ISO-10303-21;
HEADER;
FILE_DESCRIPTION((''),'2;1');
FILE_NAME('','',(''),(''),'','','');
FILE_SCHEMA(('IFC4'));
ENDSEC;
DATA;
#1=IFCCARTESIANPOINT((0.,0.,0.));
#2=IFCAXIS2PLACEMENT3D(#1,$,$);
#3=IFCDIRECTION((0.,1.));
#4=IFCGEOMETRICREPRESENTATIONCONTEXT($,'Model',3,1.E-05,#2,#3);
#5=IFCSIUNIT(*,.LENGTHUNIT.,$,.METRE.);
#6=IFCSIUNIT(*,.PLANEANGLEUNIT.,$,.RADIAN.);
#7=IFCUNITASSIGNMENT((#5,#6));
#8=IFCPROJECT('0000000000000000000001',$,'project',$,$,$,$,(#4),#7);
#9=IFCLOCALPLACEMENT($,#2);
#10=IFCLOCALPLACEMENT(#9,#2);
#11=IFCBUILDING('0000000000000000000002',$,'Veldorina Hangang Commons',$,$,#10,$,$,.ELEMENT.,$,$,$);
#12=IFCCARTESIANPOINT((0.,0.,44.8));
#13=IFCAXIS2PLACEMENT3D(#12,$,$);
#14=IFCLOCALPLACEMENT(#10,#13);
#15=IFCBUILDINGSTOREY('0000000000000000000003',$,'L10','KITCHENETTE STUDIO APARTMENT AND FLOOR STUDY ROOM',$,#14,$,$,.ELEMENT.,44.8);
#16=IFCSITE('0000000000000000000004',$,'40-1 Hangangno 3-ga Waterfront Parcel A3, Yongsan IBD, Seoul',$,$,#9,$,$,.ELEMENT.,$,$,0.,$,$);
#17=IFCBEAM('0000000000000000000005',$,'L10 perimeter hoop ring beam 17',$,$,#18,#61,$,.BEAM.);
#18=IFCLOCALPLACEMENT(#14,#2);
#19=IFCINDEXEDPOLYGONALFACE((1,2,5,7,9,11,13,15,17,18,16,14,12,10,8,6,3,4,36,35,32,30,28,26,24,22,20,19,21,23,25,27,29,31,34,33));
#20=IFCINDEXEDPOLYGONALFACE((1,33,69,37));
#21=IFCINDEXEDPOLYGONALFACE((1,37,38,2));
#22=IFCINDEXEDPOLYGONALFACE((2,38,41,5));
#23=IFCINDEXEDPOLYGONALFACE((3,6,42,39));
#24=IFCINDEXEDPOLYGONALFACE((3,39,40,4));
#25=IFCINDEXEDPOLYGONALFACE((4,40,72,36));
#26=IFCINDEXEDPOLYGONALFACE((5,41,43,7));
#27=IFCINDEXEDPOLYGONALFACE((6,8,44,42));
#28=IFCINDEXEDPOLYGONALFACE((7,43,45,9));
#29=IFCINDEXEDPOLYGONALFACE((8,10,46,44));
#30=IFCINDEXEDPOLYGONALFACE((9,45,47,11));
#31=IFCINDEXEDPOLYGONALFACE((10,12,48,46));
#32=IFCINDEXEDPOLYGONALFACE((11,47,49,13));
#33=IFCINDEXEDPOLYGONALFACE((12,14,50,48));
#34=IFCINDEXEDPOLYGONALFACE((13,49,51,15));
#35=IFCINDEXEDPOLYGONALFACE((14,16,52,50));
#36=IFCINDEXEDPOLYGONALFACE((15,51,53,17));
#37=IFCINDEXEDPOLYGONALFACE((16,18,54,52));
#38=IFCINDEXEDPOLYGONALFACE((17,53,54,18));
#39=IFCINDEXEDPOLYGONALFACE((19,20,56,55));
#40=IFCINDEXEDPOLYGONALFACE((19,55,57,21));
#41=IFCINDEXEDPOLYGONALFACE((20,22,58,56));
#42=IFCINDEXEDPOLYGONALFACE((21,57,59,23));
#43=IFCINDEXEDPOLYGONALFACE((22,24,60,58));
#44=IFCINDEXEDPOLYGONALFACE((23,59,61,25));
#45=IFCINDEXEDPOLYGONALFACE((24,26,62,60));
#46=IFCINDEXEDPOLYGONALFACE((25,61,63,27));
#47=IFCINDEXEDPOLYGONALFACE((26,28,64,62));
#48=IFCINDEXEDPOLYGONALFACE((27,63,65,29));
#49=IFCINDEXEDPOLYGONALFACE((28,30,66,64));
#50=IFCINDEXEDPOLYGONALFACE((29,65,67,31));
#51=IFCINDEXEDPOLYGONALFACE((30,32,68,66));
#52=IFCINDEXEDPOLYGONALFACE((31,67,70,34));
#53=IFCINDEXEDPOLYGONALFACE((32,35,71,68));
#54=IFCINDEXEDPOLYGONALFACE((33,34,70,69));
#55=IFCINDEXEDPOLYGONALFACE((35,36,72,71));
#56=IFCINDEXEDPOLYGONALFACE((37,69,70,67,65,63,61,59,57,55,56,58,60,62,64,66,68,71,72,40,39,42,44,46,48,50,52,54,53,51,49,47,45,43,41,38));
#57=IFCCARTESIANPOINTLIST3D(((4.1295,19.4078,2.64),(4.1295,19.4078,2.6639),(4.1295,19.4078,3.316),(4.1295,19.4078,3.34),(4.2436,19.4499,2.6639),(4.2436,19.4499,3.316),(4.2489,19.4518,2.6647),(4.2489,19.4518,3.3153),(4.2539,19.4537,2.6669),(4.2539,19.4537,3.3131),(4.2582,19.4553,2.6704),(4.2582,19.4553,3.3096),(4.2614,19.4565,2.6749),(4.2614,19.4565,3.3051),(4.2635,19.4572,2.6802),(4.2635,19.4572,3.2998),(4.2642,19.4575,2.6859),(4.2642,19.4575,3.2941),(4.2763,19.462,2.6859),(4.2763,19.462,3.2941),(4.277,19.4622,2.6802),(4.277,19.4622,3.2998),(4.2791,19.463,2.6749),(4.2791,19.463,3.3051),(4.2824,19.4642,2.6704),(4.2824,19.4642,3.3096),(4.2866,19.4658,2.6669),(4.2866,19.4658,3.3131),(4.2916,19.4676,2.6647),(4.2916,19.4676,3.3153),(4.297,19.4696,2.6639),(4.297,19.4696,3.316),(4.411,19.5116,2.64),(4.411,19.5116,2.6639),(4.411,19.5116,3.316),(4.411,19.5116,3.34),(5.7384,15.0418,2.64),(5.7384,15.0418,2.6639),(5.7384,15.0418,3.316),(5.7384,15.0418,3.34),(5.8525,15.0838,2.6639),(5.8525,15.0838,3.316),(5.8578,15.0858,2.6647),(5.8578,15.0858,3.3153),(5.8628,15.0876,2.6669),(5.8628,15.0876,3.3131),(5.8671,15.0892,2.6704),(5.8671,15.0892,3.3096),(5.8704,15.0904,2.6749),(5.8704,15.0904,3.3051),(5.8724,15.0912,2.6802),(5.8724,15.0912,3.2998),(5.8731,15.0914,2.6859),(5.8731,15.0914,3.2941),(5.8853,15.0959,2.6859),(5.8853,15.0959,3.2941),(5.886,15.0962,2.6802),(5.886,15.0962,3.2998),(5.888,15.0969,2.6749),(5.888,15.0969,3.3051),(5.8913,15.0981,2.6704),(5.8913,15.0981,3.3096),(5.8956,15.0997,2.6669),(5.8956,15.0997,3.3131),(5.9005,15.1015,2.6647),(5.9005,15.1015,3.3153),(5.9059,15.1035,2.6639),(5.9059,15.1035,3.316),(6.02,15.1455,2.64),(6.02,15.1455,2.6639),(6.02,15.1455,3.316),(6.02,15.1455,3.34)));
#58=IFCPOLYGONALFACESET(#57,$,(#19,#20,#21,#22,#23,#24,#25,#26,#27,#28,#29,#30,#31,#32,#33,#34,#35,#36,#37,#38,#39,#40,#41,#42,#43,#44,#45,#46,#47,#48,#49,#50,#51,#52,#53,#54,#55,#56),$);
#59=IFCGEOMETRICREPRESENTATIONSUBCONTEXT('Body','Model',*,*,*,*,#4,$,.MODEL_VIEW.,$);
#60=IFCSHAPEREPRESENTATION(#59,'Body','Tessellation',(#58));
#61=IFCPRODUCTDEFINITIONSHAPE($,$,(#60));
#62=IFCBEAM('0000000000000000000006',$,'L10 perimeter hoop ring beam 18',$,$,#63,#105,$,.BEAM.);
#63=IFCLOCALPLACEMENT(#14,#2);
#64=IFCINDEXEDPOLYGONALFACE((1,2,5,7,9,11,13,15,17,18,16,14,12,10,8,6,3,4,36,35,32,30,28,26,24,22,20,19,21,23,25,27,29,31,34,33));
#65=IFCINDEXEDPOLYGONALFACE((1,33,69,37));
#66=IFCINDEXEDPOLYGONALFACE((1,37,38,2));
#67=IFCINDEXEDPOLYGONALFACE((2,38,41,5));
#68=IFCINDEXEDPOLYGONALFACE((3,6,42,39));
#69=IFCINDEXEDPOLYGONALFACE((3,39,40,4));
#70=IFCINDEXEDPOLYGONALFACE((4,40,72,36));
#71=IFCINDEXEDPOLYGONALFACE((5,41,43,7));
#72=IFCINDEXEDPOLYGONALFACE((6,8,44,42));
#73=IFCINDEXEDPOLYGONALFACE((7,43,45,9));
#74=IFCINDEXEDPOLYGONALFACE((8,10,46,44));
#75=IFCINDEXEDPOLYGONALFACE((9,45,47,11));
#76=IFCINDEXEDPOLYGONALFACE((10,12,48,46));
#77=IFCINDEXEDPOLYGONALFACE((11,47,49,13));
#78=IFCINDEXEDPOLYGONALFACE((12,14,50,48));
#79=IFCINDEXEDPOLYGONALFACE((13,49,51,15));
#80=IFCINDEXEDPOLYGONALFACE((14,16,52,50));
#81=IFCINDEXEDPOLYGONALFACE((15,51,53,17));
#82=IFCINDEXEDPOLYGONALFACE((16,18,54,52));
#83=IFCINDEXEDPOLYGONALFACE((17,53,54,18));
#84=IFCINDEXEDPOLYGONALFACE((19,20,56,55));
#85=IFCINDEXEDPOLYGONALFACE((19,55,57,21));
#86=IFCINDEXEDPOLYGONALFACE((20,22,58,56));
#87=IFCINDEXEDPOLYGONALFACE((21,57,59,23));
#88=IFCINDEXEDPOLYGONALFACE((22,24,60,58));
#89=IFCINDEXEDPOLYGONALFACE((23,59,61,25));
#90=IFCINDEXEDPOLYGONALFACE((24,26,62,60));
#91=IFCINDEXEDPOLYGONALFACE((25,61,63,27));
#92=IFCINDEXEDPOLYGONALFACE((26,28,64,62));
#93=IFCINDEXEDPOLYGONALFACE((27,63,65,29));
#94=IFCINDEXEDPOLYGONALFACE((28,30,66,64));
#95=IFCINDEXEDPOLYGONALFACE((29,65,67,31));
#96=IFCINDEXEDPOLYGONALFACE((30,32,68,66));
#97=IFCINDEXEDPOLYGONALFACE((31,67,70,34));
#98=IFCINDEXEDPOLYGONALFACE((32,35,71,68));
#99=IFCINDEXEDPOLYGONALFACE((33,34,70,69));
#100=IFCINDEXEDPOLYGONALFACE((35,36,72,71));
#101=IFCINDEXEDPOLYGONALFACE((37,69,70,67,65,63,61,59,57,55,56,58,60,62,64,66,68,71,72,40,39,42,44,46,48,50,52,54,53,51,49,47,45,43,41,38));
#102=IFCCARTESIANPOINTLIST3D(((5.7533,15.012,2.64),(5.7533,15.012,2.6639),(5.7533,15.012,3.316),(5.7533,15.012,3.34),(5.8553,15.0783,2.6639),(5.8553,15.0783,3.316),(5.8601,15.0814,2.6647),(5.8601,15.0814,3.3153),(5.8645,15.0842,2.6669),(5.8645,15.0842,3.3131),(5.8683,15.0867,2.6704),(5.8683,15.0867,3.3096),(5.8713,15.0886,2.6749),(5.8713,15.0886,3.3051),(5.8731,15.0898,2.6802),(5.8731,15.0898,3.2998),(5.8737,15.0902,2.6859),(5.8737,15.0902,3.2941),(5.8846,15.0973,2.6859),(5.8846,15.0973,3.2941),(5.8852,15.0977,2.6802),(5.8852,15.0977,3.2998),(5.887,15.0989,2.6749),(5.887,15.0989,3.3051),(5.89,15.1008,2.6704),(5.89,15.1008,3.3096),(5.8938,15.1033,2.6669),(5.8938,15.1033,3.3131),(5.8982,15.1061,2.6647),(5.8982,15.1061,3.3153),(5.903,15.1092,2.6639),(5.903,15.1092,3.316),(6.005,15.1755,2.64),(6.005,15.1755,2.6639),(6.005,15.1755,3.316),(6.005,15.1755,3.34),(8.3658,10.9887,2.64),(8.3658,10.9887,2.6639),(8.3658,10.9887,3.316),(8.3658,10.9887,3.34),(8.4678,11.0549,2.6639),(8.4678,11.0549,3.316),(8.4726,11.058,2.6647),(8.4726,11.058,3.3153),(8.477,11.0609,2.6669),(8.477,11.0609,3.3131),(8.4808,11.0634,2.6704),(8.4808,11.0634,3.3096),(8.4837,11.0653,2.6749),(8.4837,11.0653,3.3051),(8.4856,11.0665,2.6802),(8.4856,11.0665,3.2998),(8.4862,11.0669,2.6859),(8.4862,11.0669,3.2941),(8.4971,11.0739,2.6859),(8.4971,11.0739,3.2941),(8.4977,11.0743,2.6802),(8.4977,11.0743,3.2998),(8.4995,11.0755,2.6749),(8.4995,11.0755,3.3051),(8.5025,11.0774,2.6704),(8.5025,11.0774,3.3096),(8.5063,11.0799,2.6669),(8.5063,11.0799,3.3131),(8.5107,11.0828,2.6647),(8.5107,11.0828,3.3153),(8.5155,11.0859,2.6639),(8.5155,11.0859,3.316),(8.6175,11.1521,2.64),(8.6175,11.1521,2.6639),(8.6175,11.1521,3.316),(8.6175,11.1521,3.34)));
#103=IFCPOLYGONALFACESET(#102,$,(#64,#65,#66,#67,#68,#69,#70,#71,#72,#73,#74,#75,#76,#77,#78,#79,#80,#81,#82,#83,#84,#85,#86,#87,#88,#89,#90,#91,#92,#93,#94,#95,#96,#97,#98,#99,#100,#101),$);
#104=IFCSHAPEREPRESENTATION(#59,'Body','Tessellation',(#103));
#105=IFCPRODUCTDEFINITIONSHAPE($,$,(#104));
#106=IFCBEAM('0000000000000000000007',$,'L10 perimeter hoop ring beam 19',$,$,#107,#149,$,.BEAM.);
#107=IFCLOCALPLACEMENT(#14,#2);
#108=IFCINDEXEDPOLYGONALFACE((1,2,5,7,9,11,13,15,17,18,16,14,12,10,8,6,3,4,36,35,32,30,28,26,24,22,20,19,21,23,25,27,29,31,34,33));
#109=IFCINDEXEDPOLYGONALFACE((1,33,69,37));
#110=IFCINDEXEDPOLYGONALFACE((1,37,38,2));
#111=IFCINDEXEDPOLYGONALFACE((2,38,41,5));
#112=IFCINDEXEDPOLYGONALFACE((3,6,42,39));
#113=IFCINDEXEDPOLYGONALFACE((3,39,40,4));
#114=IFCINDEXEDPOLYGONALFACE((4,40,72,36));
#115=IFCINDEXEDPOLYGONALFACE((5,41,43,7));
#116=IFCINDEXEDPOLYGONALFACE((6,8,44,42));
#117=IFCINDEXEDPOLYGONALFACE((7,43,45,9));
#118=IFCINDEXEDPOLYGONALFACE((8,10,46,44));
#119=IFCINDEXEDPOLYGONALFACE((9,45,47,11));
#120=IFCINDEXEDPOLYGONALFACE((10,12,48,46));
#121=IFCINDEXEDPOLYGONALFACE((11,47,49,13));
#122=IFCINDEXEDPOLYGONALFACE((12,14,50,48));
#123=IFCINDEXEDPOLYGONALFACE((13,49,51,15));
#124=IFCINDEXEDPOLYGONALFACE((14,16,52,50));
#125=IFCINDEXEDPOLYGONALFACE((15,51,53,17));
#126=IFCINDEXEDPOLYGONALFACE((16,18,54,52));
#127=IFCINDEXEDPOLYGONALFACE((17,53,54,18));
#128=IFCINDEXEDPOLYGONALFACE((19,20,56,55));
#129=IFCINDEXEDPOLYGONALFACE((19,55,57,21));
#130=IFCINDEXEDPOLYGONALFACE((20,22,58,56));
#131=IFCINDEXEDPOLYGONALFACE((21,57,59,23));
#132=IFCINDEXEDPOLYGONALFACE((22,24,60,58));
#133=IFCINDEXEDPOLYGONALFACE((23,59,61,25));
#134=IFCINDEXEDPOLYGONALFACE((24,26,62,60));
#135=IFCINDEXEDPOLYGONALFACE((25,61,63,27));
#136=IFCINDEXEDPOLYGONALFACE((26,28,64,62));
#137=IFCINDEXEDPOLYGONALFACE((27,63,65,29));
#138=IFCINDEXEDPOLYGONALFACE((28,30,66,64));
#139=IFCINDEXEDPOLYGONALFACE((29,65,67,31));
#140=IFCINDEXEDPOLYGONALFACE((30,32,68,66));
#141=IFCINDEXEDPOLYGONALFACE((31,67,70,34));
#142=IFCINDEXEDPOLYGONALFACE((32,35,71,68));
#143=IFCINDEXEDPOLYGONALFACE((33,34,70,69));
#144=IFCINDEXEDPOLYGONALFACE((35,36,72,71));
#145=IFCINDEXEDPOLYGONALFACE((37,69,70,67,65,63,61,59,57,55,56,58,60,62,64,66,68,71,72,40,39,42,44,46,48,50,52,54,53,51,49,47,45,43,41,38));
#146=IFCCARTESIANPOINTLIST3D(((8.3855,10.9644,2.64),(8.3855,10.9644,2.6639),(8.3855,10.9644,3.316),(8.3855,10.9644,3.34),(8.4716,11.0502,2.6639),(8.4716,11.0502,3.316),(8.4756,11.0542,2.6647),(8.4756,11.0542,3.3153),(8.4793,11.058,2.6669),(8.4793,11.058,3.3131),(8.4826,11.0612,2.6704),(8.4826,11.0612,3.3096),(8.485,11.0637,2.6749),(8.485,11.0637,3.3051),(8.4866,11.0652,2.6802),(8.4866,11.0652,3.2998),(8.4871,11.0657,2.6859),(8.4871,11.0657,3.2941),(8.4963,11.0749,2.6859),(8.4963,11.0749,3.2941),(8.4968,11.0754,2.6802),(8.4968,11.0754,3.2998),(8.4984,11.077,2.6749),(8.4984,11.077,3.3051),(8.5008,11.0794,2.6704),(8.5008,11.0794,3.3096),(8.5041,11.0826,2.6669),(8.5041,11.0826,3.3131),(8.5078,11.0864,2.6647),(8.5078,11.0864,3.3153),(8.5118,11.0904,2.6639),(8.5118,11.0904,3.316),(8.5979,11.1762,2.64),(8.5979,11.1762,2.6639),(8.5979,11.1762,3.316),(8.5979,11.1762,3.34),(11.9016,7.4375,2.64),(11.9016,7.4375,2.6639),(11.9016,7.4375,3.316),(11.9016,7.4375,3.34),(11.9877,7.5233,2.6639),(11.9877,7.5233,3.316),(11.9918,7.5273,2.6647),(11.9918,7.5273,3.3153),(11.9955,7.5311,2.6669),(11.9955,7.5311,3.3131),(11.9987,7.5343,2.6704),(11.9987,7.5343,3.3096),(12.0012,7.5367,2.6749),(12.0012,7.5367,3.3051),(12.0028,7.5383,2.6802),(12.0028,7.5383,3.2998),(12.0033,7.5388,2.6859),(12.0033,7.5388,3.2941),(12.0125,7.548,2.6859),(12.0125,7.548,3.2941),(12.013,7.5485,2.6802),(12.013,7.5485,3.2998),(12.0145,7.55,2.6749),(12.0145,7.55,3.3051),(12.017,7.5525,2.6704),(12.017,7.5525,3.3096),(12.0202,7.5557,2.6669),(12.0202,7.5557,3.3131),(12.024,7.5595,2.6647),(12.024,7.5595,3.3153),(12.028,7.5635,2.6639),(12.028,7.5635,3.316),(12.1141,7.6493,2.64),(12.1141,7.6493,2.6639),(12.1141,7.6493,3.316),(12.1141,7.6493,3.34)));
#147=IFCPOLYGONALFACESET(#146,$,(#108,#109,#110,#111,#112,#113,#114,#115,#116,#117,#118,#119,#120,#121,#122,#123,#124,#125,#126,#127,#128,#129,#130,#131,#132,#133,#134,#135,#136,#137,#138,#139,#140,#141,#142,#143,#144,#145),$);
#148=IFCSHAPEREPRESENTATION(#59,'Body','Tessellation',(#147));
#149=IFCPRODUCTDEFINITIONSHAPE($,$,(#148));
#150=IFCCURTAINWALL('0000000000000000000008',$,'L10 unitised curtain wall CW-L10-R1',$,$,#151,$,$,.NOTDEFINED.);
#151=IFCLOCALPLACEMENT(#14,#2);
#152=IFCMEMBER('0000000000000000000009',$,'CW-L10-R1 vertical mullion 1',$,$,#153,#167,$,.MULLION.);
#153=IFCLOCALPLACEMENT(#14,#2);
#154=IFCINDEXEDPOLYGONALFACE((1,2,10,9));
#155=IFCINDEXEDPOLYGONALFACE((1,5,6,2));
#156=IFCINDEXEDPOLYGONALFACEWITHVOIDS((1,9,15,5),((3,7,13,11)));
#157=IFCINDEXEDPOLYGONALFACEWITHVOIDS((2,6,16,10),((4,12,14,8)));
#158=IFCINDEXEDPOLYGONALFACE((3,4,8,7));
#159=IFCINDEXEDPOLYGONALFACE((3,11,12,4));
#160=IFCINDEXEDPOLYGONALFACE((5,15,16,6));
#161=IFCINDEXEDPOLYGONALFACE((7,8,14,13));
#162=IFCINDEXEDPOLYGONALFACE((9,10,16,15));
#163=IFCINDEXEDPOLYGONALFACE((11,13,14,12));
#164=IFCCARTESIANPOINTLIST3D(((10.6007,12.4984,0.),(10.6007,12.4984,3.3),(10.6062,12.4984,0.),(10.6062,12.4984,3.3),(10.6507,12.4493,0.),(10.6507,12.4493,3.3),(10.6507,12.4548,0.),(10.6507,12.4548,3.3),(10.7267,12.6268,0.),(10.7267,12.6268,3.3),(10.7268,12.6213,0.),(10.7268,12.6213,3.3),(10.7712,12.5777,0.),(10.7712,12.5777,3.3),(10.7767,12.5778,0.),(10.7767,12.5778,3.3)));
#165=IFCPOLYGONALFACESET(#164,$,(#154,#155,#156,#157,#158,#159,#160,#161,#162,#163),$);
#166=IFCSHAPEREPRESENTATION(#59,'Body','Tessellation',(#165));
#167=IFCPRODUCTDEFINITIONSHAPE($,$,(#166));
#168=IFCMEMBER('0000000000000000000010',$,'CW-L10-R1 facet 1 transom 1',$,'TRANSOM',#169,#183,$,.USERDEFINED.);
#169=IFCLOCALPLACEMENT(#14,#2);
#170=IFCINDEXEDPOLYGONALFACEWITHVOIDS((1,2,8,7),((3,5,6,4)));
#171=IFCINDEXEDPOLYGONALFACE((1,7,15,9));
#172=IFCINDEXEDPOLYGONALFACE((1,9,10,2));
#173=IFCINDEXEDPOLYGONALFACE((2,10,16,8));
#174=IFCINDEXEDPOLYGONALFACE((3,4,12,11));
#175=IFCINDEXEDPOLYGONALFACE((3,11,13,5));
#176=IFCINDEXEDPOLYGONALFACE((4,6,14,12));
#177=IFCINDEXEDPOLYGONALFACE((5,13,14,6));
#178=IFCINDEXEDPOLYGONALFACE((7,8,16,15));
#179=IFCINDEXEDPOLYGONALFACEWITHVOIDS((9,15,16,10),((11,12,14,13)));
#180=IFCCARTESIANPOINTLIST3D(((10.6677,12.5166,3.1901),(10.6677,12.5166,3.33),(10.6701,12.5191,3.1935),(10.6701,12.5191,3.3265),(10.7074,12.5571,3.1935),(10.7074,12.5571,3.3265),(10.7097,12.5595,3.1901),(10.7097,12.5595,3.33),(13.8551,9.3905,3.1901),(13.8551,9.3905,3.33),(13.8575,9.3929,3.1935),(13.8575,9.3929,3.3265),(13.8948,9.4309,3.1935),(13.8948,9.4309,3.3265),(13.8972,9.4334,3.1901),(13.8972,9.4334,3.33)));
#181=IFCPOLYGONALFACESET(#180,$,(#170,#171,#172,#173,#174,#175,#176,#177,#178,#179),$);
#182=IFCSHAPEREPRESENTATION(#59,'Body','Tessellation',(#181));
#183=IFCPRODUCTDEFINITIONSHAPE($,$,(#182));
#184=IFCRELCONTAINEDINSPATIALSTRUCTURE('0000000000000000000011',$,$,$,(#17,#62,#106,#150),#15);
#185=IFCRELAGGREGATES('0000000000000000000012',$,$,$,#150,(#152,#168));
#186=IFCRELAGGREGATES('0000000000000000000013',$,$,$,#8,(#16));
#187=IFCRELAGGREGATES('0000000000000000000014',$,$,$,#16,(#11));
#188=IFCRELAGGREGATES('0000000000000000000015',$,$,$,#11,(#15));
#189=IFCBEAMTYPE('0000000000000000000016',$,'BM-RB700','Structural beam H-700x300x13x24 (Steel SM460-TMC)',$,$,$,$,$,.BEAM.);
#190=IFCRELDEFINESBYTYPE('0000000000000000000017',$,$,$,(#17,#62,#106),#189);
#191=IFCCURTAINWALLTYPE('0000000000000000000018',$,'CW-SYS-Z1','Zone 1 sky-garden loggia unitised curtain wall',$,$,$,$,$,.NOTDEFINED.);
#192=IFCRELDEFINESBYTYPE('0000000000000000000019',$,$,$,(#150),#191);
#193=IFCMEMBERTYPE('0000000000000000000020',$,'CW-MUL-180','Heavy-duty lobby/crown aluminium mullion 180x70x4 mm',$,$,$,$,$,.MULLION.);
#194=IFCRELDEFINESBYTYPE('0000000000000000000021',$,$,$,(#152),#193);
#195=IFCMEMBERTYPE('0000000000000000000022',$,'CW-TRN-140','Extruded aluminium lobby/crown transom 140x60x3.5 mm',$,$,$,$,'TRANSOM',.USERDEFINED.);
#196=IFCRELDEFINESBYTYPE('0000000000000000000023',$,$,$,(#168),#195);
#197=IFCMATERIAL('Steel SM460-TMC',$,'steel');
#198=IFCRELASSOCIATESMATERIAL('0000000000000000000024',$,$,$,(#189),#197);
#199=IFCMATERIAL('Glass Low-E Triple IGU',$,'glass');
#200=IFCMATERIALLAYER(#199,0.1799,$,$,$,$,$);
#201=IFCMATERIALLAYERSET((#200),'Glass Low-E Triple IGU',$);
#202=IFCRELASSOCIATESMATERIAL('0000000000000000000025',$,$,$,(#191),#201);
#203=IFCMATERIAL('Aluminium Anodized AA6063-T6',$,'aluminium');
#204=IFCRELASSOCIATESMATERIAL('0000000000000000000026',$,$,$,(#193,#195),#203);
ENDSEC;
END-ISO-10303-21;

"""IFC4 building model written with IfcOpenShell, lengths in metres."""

from ifc_helpers import new_model, si_unit, direction, frame, origin, origin_2d, place, context, subcontext, project, spatial, hollow_rectangle, i_section, extrude, material, layer, layer_set, material_profile, profile_set, type_object, element, aggregate, save


model = new_model("IFC4")

# Units and contexts
model_context = context("Model", 3, precision=1e-05, world=origin(), true_north=direction((0.0, 1.0)))
body_context = subcontext(model_context, "Body", "Model", "MODEL_VIEW")
ifc_project = project(units=[si_unit("LENGTHUNIT", "METRE"), si_unit("PLANEANGLEUNIT", "RADIAN")], contexts=[model_context])

# Site, building, storey
site_placement = place(None, origin())
site = spatial("IfcSite", under=ifc_project, at=site_placement, Name="40-1 Hangangno 3-ga Waterfront Parcel A3, Yongsan IBD, Seoul", CompositionType="ELEMENT", RefElevation=0.0)
building_placement = place(site_placement, origin())
building = spatial("IfcBuilding", under=site, at=building_placement, Name="Veldorina Hangang Commons", CompositionType="ELEMENT")
storey_placement = place(building_placement, frame((0.0, 0.0, 44.8)))
storey = spatial("IfcBuildingStorey", under=building, at=storey_placement, Name="L10", Description="KITCHENETTE STUDIO APARTMENT AND FLOOR STUDY ROOM", CompositionType="ELEMENT", Elevation=44.8)

# Beams
ifc_material_1 = material(Name="Steel SM460-TMC", Category="steel")
ifc_material_profile_1 = material_profile(ifc_material_1, i_section(OverallWidth=0.3, OverallDepth=0.7, WebThickness=0.0129, FlangeThickness=0.0239, FilletRadius=0.022, at=origin_2d()), Name="H-700x300x13x24")
ifc_profile_set_1 = profile_set([ifc_material_profile_1], Name="Steel SM460-TMC")
beam_type = type_object("IfcBeamType", Name="BM-RB700", Description="Structural beam H-700x300x13x24 (Steel SM460-TMC)", PredefinedType="BEAM", material=ifc_profile_set_1)
beam_1_placement = place(storey_placement, frame((4.2703, 19.4597, 2.99), z_axis=(0.345776, -0.938317, 0.0), x_axis=(0.938317, 0.345776, 0.0)))
element("IfcBeam", 1, at=beam_1_placement, inside=storey, type_object=beam_type, Name="L10 perimeter hoop ring beam 17", PredefinedType="BEAM", context=body_context, shape_type="SweptSolid", body=[
    extrude(i_section(OverallWidth=0.3, OverallDepth=0.7, WebThickness=0.0129, FlangeThickness=0.0239, FilletRadius=0.022, at=origin_2d()), origin(), (0.0, 0.0, 1.0), 4.6531),
])
beam_2_placement = place(storey_placement, frame((5.8792, 15.0938, 2.99), z_axis=(0.544595, -0.838699, 0.0), x_axis=(0.838699, 0.544595, 0.0)))
element("IfcBeam", 2, at=beam_2_placement, inside=storey, type_object=beam_type, Name="L10 perimeter hoop ring beam 18", PredefinedType="BEAM", context=body_context, shape_type="SweptSolid", body=[
    extrude(i_section(OverallWidth=0.3, OverallDepth=0.7, WebThickness=0.0129, FlangeThickness=0.0239, FilletRadius=0.022, at=origin_2d()), origin(), (0.0, 0.0, 1.0), 4.7971),
])
beam_3_placement = place(storey_placement, frame((8.4917, 11.0703, 2.99), z_axis=(0.706027, -0.708184, 0.0), x_axis=(0.708184, 0.706027, 0.0)))
element("IfcBeam", 3, at=beam_3_placement, inside=storey, type_object=beam_type, Name="L10 perimeter hoop ring beam 19", PredefinedType="BEAM", context=body_context, shape_type="SweptSolid", body=[
    extrude(i_section(OverallWidth=0.3, OverallDepth=0.7, WebThickness=0.0129, FlangeThickness=0.0239, FilletRadius=0.022, at=origin_2d()), origin(), (0.0, 0.0, 1.0), 4.9802),
])

# Curtain wall, members
ifc_material_2 = material(Name="Glass Low-E Triple IGU", Category="glass")
ifc_layer_1 = layer(ifc_material_2, 0.1799)
ifc_layer_set_1 = layer_set([ifc_layer_1], Name="Glass Low-E Triple IGU")
curtain_wall_type = type_object("IfcCurtainWallType", Name="CW-SYS-Z1", Description="Zone 1 sky-garden loggia unitised curtain wall", PredefinedType="NOTDEFINED", material=ifc_layer_set_1)
curtain_wall_placement = place(storey_placement, origin())
curtain_wall = element("IfcCurtainWall", 4, at=curtain_wall_placement, inside=storey, type_object=curtain_wall_type, Name="L10 unitised curtain wall CW-L10-R1", PredefinedType="NOTDEFINED")
ifc_material_3 = material(Name="Aluminium Anodized AA6063-T6", Category="aluminium")
ifc_material_profile_2 = material_profile(ifc_material_3, hollow_rectangle(XDim=0.0701, YDim=0.1799, WallThickness=0.0039, at=origin_2d()), Name="ALU-RHS-180x70x4")
ifc_profile_set_2 = profile_set([ifc_material_profile_2], Name="Aluminium Anodized AA6063-T6")
member_type_1 = type_object("IfcMemberType", Name="CW-MUL-180", Description="Heavy-duty lobby/crown aluminium mullion 180x70x4 mm", PredefinedType="MULLION", material=ifc_profile_set_2)
member_1_placement = place(storey_placement, frame((10.6887, 12.5381, 0.0), z_axis=(0.0, 0.0, 1.0), x_axis=(0.713923, -0.700224, 0.0)))
member_1 = element("IfcMember", 5, at=member_1_placement, type_object=member_type_1, Name="CW-L10-R1 vertical mullion 1", PredefinedType="MULLION", context=body_context, shape_type="SweptSolid", body=[
    extrude(hollow_rectangle(XDim=0.0701, YDim=0.1799, WallThickness=0.0039, at=origin_2d()), origin(), (0.0, 0.0, 1.0), 3.3),
])
ifc_material_profile_3 = material_profile(ifc_material_3, hollow_rectangle(XDim=0.0601, YDim=0.1399, WallThickness=0.0034, at=origin_2d()), Name="ALU-RHS-140x60x3.5")
ifc_profile_set_3 = profile_set([ifc_material_profile_3], Name="Aluminium Anodized AA6063-T6")
member_type_2 = type_object("IfcMemberType", Name="CW-TRN-140", Description="Extruded aluminium lobby/crown transom 140x60x3.5 mm", ElementType="TRANSOM", PredefinedType="USERDEFINED", material=ifc_profile_set_3)
member_2_placement = place(storey_placement, frame((10.6887, 12.5381, 3.26), z_axis=(0.713936, -0.700211, 0.0), x_axis=(0.700211, 0.713936, 0.0)))
member_2 = element("IfcMember", 6, at=member_2_placement, type_object=member_type_2, Name="CW-L10-R1 facet 1 transom 1", ObjectType="TRANSOM", PredefinedType="USERDEFINED", context=body_context, shape_type="SweptSolid", body=[
    extrude(hollow_rectangle(XDim=0.0601, YDim=0.1399, WallThickness=0.0034, at=origin_2d()), origin(), (0.0, 0.0, 1.0), 4.4646),
])
aggregate(curtain_wall, [member_1, member_2])

save(model, "model.ifc")
